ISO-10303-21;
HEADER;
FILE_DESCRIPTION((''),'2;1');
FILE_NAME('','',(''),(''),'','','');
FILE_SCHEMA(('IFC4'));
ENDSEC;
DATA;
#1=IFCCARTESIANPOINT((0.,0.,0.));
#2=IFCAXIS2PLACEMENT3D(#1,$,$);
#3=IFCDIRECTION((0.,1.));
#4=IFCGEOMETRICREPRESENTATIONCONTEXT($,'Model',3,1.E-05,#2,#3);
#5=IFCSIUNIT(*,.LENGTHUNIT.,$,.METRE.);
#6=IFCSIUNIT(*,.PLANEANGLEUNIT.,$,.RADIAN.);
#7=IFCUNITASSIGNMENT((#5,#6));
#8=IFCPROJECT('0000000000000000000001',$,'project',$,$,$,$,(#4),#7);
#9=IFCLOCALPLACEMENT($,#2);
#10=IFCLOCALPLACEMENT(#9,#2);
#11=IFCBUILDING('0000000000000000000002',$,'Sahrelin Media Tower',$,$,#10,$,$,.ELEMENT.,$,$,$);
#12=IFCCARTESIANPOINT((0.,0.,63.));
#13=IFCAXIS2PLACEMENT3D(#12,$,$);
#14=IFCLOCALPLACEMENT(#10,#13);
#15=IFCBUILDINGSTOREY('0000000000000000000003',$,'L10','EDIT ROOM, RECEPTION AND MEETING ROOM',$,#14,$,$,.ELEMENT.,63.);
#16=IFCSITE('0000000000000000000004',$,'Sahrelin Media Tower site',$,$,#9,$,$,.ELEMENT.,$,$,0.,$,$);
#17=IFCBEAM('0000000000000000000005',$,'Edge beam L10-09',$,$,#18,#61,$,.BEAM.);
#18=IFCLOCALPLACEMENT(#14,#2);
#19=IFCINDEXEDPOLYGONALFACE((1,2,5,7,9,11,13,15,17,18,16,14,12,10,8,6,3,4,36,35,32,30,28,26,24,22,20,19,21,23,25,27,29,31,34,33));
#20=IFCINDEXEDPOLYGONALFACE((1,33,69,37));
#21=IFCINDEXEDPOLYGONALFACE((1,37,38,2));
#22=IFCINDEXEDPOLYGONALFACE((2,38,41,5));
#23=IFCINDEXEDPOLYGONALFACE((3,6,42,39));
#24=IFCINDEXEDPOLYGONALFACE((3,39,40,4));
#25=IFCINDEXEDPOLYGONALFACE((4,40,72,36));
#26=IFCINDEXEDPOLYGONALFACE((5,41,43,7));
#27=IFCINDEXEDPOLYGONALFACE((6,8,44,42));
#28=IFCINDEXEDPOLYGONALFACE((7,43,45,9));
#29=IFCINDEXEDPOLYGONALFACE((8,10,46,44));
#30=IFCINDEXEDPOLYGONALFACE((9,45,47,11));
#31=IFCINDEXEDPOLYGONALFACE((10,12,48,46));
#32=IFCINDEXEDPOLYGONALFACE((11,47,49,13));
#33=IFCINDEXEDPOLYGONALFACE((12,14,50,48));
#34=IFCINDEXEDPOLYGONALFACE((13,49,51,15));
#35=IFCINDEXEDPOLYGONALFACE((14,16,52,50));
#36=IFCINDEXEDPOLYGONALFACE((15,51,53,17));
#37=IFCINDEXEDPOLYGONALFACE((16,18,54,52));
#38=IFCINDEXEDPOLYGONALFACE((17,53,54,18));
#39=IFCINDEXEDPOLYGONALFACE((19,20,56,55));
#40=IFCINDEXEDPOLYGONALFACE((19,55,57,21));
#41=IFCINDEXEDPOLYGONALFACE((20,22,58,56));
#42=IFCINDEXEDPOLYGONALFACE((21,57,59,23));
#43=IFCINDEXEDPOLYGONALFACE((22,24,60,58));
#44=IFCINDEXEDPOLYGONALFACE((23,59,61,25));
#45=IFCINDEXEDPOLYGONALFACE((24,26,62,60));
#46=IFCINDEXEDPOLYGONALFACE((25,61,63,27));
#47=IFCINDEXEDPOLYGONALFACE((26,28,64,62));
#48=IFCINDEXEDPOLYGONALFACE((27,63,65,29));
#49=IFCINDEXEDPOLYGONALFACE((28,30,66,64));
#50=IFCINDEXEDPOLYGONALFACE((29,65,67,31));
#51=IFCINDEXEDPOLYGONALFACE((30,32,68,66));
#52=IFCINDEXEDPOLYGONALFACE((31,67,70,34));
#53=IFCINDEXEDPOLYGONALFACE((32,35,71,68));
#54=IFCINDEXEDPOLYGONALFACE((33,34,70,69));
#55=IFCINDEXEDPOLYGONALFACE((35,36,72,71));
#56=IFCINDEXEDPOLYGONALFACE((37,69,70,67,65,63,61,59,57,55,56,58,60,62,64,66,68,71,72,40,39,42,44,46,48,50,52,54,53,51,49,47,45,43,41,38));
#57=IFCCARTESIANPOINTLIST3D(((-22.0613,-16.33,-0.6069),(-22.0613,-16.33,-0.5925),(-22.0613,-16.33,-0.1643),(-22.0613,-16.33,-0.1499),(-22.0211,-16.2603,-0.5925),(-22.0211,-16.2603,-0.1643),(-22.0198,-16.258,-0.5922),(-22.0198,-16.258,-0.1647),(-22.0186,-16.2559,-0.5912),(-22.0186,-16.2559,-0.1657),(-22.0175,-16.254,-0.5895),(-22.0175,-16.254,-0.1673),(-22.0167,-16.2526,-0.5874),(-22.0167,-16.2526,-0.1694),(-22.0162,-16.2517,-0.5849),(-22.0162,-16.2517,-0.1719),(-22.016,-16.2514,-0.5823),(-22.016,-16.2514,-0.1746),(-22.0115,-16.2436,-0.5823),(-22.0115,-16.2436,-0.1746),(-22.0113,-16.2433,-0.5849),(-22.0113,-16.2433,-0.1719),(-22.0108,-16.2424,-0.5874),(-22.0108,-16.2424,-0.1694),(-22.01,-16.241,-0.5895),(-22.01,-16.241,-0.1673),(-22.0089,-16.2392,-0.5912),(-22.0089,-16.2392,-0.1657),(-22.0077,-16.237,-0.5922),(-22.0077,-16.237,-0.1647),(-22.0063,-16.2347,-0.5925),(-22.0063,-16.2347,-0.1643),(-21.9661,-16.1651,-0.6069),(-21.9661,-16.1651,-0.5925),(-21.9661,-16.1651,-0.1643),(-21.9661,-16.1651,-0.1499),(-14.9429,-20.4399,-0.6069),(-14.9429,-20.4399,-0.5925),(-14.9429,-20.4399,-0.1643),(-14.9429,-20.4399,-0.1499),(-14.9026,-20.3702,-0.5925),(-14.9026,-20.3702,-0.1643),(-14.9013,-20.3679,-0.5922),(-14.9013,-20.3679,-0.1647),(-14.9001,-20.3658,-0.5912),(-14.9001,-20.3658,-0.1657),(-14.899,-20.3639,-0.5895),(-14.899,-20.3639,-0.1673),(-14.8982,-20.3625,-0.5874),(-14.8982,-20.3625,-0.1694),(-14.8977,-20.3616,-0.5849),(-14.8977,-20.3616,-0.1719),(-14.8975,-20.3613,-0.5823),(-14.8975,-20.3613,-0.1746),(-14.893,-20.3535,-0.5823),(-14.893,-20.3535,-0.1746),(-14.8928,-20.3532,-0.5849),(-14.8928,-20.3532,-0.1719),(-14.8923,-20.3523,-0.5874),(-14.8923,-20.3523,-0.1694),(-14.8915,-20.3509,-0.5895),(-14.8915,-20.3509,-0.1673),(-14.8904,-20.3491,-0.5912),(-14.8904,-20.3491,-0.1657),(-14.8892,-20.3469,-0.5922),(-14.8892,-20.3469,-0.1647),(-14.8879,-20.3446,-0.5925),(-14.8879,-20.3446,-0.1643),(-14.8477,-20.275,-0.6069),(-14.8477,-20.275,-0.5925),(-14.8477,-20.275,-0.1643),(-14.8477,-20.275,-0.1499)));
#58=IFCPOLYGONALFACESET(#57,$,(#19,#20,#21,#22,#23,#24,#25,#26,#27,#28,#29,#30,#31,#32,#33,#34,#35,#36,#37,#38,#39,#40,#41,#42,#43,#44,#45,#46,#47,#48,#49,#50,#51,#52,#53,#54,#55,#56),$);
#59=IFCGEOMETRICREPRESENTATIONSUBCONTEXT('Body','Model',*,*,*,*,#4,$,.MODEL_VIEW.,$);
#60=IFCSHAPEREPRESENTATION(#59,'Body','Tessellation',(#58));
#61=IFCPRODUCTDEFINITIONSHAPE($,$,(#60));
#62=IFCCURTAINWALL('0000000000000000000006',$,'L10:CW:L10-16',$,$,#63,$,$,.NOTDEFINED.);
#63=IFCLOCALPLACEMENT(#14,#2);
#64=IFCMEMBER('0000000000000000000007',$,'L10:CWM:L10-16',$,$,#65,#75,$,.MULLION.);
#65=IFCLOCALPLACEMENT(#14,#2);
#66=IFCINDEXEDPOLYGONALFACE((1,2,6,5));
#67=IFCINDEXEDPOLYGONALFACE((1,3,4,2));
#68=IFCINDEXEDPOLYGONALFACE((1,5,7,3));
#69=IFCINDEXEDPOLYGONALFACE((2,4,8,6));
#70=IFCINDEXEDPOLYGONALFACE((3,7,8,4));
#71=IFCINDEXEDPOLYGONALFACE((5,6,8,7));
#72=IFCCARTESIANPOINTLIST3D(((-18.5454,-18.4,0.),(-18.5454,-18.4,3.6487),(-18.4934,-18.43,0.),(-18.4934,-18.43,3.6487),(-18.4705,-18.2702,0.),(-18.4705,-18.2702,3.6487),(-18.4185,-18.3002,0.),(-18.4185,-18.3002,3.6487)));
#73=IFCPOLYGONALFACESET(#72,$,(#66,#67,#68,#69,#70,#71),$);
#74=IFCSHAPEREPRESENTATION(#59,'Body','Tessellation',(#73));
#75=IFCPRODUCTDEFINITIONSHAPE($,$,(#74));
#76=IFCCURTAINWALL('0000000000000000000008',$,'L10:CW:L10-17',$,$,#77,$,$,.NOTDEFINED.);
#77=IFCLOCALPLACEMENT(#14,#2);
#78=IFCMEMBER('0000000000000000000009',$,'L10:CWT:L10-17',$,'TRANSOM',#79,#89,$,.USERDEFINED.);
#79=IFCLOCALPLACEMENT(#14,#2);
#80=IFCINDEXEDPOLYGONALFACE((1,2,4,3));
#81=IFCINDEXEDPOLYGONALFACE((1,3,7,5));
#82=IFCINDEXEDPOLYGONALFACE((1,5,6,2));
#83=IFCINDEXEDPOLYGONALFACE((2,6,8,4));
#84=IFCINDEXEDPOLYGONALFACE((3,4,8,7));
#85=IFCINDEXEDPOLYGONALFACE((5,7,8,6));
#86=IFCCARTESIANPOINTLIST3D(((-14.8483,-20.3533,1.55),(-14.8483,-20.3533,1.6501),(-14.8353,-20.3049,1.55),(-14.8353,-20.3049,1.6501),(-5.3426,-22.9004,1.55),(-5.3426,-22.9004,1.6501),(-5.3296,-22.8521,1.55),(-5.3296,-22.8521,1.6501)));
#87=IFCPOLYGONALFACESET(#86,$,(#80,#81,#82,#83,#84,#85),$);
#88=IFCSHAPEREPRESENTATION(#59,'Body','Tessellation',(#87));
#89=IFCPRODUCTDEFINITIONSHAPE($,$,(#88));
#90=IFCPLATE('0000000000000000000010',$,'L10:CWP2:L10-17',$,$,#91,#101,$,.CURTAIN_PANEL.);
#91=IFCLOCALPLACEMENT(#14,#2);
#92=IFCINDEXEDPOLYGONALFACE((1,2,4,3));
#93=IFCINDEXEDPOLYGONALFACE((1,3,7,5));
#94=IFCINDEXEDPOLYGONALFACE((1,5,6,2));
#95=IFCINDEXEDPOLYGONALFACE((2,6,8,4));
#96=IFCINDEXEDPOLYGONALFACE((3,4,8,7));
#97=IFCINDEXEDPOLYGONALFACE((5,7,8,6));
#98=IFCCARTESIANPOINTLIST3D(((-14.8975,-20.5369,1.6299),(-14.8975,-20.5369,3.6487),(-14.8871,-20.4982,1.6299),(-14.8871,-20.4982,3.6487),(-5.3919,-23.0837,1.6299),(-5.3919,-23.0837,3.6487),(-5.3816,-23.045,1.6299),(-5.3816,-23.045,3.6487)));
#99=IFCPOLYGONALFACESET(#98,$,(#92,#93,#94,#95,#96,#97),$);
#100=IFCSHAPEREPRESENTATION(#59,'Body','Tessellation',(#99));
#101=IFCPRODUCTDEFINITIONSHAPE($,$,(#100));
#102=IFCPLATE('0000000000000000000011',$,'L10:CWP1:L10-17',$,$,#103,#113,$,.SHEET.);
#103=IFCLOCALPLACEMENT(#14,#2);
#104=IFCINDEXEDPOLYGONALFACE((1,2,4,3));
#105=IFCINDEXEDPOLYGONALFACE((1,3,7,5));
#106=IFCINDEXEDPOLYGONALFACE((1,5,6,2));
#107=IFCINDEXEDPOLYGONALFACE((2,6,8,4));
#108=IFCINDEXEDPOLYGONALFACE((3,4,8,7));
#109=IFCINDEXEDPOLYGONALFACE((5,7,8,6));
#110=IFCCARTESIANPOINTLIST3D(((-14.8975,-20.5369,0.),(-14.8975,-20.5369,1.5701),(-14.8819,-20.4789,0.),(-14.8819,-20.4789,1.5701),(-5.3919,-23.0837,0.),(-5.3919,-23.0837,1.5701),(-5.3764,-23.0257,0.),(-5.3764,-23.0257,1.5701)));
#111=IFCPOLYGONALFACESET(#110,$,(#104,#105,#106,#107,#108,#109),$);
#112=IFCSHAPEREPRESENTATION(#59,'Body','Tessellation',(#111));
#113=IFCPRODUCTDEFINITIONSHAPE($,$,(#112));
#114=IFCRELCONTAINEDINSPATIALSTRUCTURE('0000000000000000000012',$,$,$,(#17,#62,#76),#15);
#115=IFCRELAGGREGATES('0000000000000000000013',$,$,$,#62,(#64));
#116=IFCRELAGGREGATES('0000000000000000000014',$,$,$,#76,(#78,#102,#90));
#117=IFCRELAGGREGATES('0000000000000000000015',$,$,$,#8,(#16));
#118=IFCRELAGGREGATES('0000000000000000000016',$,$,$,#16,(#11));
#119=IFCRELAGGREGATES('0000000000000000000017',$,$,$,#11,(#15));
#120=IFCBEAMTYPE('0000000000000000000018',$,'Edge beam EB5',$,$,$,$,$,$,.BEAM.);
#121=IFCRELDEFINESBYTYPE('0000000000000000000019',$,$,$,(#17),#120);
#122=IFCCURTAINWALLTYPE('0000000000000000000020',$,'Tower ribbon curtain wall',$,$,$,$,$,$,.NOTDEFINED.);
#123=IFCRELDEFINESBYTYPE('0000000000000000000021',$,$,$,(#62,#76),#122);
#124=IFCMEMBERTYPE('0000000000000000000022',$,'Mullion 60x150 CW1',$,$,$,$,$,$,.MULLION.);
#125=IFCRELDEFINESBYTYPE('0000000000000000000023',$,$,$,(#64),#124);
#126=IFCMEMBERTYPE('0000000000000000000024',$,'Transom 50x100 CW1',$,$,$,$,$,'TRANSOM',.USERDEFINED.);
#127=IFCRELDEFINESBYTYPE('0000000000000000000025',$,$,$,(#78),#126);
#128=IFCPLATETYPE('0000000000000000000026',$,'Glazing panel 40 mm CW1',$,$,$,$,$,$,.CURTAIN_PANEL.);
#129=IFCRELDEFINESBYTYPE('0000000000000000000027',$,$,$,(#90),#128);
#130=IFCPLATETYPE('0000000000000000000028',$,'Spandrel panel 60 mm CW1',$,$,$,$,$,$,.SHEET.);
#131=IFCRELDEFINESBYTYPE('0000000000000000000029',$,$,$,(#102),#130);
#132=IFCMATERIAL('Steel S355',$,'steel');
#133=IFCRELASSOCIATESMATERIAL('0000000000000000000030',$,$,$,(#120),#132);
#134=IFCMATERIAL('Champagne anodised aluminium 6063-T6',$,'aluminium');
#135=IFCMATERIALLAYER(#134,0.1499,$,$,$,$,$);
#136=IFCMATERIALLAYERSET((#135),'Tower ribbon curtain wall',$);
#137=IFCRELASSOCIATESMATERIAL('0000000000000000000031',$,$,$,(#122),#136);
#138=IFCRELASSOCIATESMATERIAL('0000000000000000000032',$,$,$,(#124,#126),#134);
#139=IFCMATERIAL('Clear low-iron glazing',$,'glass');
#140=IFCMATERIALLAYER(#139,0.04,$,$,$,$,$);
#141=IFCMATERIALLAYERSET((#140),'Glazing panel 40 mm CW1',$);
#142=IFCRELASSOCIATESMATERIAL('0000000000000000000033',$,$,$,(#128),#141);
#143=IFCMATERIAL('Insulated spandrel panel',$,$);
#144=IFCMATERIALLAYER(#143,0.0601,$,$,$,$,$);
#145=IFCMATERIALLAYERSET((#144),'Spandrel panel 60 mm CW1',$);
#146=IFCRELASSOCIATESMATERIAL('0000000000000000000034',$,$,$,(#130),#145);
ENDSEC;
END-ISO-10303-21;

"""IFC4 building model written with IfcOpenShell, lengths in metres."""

from ifc_helpers import new_model, si_unit, direction, frame, origin, origin_2d, place, context, subcontext, project, spatial, polyline, rectangle, i_section, outline, extrude, material, layer, layer_set, material_profile, profile_set, type_object, element, aggregate, save


model = new_model("IFC4")

# Units and contexts
model_context = context("Model", 3, precision=1e-05, world=origin(), true_north=direction((0.0, 1.0)))
body_context = subcontext(model_context, "Body", "Model", "MODEL_VIEW")
ifc_project = project(units=[si_unit("LENGTHUNIT", "METRE"), si_unit("PLANEANGLEUNIT", "RADIAN")], contexts=[model_context])

# Site, building, storey
site_placement = place(None, origin())
site = spatial("IfcSite", under=ifc_project, at=site_placement, Name="Sahrelin Media Tower site", CompositionType="ELEMENT", RefElevation=0.0)
building_placement = place(site_placement, origin())
building = spatial("IfcBuilding", under=site, at=building_placement, Name="Sahrelin Media Tower", CompositionType="ELEMENT")
storey_placement = place(building_placement, frame((0.0, 0.0, 63.0)))
storey = spatial("IfcBuildingStorey", under=building, at=storey_placement, Name="L10", Description="EDIT ROOM, RECEPTION AND MEETING ROOM", CompositionType="ELEMENT", Elevation=63.0)

# Beam
ifc_material_1 = material(Name="Steel S355", Category="steel")
ifc_material_profile_1 = material_profile(ifc_material_1, i_section(OverallWidth=0.1904, OverallDepth=0.457, WebThickness=0.009, FlangeThickness=0.0144, FilletRadius=0.0103, at=origin_2d()), Name="UB 457x191x74")
ifc_profile_set_1 = profile_set([ifc_material_profile_1], Name="Steel S355")
beam_type = type_object("IfcBeamType", Name="Edge beam EB5", PredefinedType="BEAM", material=ifc_profile_set_1)
beam_placement = place(storey_placement, frame((-14.8953, -20.3574, -0.3784), z_axis=(-0.866023, 0.500004, 0.0), x_axis=(-0.500004, -0.866023, 0.0)))
element("IfcBeam", 1, at=beam_placement, inside=storey, type_object=beam_type, Name="Edge beam L10-09", PredefinedType="BEAM", context=body_context, shape_type="SweptSolid", body=[
    extrude(i_section(OverallWidth=0.1904, OverallDepth=0.457, WebThickness=0.009, FlangeThickness=0.0144, FilletRadius=0.0103, at=origin_2d()), origin(), (0.0, 0.0, 1.0), 8.2197),
])

# Curtain wall, member
ifc_material_2 = material(Name="Champagne anodised aluminium 6063-T6", Category="aluminium")
ifc_layer_1 = layer(ifc_material_2, 0.1499)
ifc_layer_set_1 = layer_set([ifc_layer_1], Name="Tower ribbon curtain wall")
curtain_wall_type = type_object("IfcCurtainWallType", Name="Tower ribbon curtain wall", PredefinedType="NOTDEFINED", material=ifc_layer_set_1)
curtain_wall_1_placement = place(storey_placement, frame((-18.5293, -18.4324, 0.0), z_axis=(0.0, 0.0, 1.0), x_axis=(1.0, 0.0, 0.0)))
curtain_wall_1 = element("IfcCurtainWall", 2, at=curtain_wall_1_placement, inside=storey, type_object=curtain_wall_type, Name="L10:CW:L10-16", PredefinedType="NOTDEFINED")
ifc_material_profile_2 = material_profile(ifc_material_2, rectangle(XDim=0.0601, YDim=0.1499, at=origin_2d()), Name="Mullion 60x150")
ifc_profile_set_2 = profile_set([ifc_material_profile_2], Name="Champagne anodised aluminium 6063-T6")
member_type_1 = type_object("IfcMemberType", Name="Mullion 60x150 CW1", PredefinedType="MULLION", material=ifc_profile_set_2)
member_1_placement = place(storey_placement, frame((-18.4819, -18.3501, 0.0), z_axis=(0.0, 0.0, 1.0), x_axis=(0.866025, -0.5, 0.0)))
member_1 = element("IfcMember", 3, at=member_1_placement, type_object=member_type_1, Name="L10:CWM:L10-16", PredefinedType="MULLION", context=body_context, shape_type="SweptSolid", body=[
    extrude(rectangle(XDim=0.0601, YDim=0.1499, at=origin_2d()), origin(), (0.0, 0.0, 1.0), 3.6487),
])
aggregate(curtain_wall_1, [member_1])

# Curtain wall, member, plates
curtain_wall_2_placement = place(storey_placement, frame((-10.1394, -21.791, 0.0), z_axis=(0.0, 0.0, 1.0), x_axis=(1.0, 0.0, 0.0)))
curtain_wall_2 = element("IfcCurtainWall", 4, at=curtain_wall_2_placement, inside=storey, type_object=curtain_wall_type, Name="L10:CW:L10-17", PredefinedType="NOTDEFINED")
ifc_material_profile_3 = material_profile(ifc_material_2, rectangle(XDim=0.05, YDim=0.1001, at=origin_2d()), Name="Transom 50x100")
ifc_profile_set_3 = profile_set([ifc_material_profile_3], Name="Champagne anodised aluminium 6063-T6")
member_type_2 = type_object("IfcMemberType", Name="Transom 50x100 CW1", ElementType="TRANSOM", PredefinedType="USERDEFINED", material=ifc_profile_set_3)
member_2_placement = place(storey_placement, frame((-14.8418, -20.3291, 1.6001), z_axis=(0.965923, -0.258828, 0.0), x_axis=(0.258828, 0.965923, 0.0)))
member_2 = element("IfcMember", 5, at=member_2_placement, type_object=member_type_2, Name="L10:CWT:L10-17", ObjectType="TRANSOM", PredefinedType="USERDEFINED", context=body_context, shape_type="SweptSolid", body=[
    extrude(rectangle(XDim=0.05, YDim=0.1001, at=origin_2d()), origin(), (0.0, 0.0, 1.0), 9.8411),
])
ifc_material_3 = material(Name="Clear low-iron glazing", Category="glass")
ifc_layer_2 = layer(ifc_material_3, 0.04)
ifc_layer_set_2 = layer_set([ifc_layer_2], Name="Glazing panel 40 mm CW1")
plate_type_1 = type_object("IfcPlateType", Name="Glazing panel 40 mm CW1", PredefinedType="CURTAIN_PANEL", material=ifc_layer_set_2)
plate_1_placement = place(storey_placement, frame((-14.8975, -20.5369, 1.6299), z_axis=(-0.258805, -0.96593, 0.0), x_axis=(0.96593, -0.258805, 0.0)))
plate_1 = element("IfcPlate", 6, at=plate_1_placement, type_object=plate_type_1, Name="L10:CWP2:L10-17", PredefinedType="CURTAIN_PANEL", context=body_context, shape_type="SweptSolid", body=[
    extrude(outline(polyline([(0.0, 0.0), (9.8408, 0.0), (9.8408, 2.0188), (0.0, 2.0188), (0.0, 0.0)])), origin(), (0.0, 0.0, -1.0), 0.04),
])
ifc_material_4 = material(Name="Insulated spandrel panel")
ifc_layer_3 = layer(ifc_material_4, 0.0601)
ifc_layer_set_3 = layer_set([ifc_layer_3], Name="Spandrel panel 60 mm CW1")
plate_type_2 = type_object("IfcPlateType", Name="Spandrel panel 60 mm CW1", PredefinedType="SHEET", material=ifc_layer_set_3)
plate_2_placement = place(storey_placement, frame((-14.8975, -20.5369, 0.0), z_axis=(-0.258805, -0.96593, 0.0), x_axis=(0.96593, -0.258805, 0.0)))
plate_2 = element("IfcPlate", 7, at=plate_2_placement, type_object=plate_type_2, Name="L10:CWP1:L10-17", PredefinedType="SHEET", context=body_context, shape_type="SweptSolid", body=[
    extrude(outline(polyline([(0.0, 0.0), (9.8408, 0.0), (9.8408, 1.5701), (0.0, 1.5701), (0.0, 0.0)])), origin(), (0.0, 0.0, -1.0), 0.0601),
])
aggregate(curtain_wall_2, [member_2, plate_2, plate_1])

save(model, "model.ifc")
